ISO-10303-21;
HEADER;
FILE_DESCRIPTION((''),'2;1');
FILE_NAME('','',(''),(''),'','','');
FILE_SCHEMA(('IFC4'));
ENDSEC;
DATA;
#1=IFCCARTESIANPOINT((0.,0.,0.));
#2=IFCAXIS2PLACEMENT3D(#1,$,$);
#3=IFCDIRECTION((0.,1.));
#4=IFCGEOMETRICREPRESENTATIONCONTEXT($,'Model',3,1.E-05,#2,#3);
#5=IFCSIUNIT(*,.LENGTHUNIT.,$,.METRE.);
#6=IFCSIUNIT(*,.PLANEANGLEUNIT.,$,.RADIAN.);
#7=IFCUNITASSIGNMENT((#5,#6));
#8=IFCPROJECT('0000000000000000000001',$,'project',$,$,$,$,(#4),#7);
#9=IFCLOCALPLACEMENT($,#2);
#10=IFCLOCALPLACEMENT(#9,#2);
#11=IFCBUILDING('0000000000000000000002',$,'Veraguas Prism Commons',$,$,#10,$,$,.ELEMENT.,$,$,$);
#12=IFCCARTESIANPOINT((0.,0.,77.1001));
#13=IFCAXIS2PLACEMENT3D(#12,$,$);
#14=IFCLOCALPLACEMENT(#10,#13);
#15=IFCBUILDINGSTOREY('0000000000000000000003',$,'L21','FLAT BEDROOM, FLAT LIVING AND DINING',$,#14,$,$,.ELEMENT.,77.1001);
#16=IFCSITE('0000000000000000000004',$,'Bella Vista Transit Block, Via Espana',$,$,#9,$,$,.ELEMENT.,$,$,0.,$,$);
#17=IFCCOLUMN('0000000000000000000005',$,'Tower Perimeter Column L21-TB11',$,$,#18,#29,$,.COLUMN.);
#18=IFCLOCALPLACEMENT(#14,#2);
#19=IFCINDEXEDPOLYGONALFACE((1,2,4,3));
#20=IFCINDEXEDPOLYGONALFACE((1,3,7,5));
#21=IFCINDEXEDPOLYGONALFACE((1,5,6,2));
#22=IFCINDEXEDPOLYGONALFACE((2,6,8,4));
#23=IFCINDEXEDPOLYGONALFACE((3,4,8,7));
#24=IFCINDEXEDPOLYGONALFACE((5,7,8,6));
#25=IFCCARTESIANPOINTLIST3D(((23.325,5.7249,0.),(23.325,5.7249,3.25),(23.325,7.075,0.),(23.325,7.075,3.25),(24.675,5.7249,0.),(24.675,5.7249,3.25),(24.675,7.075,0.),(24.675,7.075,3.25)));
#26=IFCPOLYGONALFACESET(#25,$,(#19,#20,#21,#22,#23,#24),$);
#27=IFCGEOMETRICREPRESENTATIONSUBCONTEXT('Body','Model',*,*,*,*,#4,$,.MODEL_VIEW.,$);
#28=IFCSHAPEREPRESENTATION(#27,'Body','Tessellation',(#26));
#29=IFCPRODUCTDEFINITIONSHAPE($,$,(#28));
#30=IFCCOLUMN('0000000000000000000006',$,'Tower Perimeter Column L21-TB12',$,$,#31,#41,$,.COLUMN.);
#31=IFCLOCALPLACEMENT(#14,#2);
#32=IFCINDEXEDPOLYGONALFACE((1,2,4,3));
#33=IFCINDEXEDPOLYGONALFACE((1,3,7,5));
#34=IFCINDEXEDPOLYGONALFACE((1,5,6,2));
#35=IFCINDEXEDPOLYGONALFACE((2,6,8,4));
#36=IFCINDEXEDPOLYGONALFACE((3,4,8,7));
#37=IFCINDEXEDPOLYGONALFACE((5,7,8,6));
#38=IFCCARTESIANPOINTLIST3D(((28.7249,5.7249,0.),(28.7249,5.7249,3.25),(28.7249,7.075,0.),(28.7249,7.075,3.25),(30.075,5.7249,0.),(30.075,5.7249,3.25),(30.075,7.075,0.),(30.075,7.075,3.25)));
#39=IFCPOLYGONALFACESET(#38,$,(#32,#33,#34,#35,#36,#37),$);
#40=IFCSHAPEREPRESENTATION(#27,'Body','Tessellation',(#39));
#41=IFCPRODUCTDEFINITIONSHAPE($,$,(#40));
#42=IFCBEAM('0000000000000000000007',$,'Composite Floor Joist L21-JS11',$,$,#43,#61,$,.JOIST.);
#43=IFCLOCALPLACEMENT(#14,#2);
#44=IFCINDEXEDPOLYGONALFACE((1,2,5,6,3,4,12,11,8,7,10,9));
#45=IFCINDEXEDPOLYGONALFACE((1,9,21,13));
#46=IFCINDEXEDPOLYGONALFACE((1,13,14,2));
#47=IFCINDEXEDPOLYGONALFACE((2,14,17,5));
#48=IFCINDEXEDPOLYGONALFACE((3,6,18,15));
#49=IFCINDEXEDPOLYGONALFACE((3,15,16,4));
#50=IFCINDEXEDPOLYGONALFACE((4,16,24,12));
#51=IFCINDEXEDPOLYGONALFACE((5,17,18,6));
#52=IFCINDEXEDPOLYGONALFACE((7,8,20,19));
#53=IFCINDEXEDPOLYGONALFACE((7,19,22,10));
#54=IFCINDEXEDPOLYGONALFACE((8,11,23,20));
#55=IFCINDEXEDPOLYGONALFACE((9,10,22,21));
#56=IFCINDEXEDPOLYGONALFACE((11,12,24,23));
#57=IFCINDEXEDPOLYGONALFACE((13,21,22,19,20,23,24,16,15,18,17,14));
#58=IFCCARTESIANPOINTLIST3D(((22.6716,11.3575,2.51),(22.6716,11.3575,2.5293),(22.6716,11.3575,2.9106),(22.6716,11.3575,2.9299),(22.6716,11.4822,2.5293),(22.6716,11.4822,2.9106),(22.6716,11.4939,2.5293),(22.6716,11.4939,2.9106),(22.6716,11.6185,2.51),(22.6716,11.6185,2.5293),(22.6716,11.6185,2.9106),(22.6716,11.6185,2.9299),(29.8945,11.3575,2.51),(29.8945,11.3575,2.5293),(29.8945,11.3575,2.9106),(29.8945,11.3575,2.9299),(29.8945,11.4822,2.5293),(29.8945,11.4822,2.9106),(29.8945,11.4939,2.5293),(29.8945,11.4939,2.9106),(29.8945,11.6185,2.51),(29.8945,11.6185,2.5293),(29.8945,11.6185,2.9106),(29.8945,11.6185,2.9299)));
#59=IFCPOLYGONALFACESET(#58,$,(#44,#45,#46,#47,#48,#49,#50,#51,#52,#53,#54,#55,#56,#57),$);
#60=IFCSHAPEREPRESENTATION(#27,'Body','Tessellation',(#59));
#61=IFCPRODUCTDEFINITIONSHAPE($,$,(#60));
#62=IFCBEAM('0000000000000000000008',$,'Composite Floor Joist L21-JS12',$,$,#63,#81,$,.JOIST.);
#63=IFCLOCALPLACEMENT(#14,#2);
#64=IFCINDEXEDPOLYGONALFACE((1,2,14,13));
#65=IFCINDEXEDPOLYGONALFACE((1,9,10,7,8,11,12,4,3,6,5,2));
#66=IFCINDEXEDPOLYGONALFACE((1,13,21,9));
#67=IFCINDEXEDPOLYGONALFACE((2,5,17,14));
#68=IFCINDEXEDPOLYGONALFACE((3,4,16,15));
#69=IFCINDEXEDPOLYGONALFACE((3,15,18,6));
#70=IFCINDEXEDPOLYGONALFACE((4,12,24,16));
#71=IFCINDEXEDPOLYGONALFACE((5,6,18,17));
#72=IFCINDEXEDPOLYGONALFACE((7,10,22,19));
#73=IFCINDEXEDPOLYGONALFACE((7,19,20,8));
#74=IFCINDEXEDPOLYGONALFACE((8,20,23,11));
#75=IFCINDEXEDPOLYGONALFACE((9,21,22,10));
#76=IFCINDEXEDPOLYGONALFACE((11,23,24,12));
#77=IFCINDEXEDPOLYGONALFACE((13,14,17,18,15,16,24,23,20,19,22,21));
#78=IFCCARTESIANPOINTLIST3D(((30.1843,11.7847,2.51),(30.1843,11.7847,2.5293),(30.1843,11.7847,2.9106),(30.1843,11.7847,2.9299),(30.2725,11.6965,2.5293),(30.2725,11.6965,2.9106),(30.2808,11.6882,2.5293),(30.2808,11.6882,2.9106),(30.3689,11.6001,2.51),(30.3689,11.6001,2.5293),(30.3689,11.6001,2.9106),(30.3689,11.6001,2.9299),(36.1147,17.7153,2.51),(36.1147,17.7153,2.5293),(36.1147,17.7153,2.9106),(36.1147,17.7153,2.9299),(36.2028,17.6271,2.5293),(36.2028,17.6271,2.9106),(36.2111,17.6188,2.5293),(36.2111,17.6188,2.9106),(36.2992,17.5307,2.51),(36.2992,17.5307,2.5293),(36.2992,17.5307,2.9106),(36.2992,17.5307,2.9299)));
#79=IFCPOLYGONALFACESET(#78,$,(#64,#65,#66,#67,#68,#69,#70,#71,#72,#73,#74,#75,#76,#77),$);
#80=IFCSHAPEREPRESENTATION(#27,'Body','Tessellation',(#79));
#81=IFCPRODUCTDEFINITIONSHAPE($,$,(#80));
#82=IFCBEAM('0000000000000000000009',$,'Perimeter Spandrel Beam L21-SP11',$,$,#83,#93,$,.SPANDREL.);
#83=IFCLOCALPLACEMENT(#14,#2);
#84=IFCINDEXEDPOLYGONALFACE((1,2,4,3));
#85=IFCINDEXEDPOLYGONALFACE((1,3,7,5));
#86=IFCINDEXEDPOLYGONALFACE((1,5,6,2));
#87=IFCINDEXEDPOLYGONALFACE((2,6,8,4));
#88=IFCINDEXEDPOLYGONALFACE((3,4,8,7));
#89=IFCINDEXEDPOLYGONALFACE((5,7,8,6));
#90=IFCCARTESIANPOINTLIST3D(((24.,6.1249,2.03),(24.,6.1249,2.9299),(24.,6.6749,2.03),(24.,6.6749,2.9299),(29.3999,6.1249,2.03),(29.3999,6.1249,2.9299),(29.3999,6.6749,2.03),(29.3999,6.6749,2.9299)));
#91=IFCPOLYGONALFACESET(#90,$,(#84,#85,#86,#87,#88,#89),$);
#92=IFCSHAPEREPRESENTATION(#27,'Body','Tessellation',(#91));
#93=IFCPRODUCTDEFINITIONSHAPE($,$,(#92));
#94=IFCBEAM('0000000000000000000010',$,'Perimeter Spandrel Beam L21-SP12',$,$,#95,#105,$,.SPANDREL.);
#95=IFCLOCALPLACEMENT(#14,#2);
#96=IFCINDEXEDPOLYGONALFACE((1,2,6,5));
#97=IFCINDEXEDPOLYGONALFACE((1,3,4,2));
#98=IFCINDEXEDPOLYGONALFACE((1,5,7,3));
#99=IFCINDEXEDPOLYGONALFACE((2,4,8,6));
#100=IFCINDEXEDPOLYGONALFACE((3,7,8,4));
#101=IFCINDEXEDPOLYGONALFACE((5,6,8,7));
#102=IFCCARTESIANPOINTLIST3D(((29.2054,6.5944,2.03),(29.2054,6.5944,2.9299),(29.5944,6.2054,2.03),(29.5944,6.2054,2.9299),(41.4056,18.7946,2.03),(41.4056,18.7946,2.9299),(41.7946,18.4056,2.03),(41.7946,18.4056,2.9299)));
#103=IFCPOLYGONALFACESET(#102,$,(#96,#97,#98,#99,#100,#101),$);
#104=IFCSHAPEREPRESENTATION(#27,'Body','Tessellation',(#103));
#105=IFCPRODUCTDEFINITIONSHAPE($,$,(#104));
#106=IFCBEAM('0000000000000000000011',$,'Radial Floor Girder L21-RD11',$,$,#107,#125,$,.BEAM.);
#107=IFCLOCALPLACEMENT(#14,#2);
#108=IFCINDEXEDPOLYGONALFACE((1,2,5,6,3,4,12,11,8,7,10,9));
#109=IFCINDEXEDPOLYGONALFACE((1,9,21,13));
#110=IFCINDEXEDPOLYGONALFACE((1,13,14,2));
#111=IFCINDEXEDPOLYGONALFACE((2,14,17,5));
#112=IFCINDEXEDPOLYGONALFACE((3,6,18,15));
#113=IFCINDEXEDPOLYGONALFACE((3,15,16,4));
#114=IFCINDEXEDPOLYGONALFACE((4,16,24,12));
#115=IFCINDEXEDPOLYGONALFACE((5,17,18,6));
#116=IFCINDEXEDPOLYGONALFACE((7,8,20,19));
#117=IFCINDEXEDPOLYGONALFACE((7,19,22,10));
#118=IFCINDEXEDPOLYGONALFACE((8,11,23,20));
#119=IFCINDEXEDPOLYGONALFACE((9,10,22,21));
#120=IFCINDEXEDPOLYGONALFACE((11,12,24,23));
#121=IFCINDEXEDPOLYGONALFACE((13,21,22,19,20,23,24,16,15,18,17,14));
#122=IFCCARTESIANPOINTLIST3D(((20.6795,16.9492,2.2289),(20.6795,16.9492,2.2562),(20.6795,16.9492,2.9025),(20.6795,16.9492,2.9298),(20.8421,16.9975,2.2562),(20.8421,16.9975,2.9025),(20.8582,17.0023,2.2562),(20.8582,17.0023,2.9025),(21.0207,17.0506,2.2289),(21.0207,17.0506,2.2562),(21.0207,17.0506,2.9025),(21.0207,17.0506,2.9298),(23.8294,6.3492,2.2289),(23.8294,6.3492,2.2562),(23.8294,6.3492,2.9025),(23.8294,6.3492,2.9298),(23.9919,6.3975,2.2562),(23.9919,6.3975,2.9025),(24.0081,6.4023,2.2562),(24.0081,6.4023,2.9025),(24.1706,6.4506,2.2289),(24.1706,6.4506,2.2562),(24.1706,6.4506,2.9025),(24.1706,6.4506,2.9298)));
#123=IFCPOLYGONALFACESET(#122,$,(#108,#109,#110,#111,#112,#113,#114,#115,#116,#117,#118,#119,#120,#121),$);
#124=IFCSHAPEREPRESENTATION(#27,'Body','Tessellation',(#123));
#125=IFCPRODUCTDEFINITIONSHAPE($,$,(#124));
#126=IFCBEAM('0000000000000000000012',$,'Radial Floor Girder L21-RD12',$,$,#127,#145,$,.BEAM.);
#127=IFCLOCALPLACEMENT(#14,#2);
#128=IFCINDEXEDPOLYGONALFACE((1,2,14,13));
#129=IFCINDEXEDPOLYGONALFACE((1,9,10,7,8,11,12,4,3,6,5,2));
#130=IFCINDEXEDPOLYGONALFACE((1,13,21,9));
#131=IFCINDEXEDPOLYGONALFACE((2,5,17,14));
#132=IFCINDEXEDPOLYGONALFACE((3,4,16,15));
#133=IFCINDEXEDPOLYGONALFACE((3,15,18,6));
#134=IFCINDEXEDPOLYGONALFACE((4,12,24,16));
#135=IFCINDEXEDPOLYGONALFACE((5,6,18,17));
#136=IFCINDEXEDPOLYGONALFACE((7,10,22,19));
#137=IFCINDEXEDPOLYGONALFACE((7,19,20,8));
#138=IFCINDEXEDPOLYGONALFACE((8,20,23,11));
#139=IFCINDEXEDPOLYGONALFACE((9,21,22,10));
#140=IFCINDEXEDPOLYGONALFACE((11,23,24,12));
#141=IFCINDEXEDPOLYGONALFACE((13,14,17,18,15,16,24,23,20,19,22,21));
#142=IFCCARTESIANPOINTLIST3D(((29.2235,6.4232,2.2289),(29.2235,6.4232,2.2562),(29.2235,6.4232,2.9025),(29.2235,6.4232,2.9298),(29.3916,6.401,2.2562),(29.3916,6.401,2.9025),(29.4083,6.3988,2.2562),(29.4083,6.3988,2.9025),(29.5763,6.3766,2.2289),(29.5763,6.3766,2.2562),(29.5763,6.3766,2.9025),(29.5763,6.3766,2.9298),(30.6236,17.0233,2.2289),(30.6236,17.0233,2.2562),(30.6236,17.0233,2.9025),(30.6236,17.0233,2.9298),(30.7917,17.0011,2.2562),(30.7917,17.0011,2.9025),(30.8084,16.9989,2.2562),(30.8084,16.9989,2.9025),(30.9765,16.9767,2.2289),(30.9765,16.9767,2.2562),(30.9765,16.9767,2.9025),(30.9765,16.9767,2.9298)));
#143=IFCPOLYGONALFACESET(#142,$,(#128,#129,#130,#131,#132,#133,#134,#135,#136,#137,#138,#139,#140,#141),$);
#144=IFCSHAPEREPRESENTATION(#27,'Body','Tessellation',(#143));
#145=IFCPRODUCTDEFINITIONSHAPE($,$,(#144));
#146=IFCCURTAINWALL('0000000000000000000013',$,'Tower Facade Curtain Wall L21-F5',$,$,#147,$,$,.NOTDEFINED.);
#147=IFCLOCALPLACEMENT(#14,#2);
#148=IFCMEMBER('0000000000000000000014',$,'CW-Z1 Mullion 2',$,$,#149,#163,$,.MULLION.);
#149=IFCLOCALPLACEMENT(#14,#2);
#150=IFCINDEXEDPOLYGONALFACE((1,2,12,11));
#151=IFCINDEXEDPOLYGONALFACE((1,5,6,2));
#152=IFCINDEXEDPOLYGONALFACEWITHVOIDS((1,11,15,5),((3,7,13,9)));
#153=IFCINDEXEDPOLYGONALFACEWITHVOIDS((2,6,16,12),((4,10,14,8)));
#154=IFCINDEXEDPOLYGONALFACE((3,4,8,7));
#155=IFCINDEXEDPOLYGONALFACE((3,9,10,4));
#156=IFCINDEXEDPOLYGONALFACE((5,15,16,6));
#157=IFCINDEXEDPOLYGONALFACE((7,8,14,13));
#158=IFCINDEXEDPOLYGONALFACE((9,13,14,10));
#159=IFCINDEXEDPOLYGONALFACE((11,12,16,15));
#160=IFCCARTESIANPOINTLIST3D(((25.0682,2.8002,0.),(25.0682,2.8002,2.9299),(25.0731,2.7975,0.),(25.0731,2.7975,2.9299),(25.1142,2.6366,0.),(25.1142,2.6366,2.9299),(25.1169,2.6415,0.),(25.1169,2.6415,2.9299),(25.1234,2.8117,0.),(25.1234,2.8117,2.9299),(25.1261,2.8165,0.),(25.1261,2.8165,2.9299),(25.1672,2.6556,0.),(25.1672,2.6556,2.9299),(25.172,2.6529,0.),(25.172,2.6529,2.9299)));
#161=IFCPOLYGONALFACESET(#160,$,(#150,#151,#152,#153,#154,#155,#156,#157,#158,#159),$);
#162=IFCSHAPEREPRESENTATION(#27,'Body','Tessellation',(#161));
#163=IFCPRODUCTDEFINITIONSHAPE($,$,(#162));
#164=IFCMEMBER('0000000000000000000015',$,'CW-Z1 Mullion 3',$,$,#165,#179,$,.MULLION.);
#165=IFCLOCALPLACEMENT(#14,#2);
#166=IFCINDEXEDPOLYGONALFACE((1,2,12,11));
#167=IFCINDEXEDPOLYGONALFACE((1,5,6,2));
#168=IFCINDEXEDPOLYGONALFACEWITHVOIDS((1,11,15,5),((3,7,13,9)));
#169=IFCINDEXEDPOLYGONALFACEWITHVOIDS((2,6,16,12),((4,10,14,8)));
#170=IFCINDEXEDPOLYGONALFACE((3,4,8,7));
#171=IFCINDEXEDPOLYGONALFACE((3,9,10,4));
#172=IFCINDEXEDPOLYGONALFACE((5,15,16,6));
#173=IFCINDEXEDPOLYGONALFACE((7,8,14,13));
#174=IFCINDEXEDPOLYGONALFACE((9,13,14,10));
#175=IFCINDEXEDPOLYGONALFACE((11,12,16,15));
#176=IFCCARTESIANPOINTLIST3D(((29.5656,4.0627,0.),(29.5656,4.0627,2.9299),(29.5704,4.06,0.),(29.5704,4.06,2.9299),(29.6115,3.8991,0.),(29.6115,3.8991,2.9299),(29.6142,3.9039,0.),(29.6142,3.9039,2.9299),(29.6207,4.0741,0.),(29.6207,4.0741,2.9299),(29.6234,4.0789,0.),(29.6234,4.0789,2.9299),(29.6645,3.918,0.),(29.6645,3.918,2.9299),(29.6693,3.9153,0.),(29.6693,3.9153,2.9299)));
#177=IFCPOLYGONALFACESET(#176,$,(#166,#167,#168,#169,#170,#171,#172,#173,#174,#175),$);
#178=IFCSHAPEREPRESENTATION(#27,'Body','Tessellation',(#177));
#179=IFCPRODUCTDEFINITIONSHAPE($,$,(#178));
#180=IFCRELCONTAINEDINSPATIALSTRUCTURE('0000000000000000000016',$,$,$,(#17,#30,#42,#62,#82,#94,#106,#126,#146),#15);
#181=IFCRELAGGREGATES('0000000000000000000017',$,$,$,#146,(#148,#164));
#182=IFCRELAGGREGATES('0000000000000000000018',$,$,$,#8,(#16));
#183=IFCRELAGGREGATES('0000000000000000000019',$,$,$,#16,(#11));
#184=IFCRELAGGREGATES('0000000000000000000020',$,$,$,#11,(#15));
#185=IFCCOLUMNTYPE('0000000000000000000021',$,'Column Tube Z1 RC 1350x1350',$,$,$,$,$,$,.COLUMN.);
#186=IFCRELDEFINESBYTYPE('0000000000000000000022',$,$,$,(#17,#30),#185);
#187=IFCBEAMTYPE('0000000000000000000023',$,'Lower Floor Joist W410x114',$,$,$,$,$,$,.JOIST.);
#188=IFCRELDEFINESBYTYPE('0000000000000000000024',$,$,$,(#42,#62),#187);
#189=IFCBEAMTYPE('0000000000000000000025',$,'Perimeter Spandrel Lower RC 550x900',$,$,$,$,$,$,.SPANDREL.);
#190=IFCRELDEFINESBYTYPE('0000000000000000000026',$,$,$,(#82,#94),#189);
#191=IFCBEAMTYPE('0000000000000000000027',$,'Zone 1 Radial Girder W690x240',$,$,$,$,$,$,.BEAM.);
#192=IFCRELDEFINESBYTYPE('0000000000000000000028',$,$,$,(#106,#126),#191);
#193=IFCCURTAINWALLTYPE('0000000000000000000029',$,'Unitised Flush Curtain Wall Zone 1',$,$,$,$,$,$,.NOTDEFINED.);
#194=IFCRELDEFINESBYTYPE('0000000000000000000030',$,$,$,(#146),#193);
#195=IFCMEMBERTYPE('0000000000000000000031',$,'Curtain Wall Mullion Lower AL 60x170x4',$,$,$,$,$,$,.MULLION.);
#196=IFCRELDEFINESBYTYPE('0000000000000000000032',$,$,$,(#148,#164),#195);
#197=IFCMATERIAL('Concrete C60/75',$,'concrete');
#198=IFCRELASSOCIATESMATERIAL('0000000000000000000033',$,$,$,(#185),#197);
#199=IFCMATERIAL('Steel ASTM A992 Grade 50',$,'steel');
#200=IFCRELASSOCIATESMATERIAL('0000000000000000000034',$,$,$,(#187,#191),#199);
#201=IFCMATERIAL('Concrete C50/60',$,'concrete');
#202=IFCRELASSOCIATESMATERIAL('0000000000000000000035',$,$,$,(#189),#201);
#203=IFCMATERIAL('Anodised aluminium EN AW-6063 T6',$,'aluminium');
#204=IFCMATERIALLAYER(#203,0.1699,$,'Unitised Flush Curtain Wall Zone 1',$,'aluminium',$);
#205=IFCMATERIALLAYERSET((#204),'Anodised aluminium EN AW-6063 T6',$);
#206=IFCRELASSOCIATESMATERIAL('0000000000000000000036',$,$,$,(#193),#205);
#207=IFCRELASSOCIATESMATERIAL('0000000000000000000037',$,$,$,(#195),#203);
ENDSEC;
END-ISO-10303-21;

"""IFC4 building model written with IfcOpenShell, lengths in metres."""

from ifc_helpers import new_model, si_unit, direction, frame, origin, origin_2d, place, context, subcontext, project, spatial, rectangle, hollow_rectangle, i_section, extrude, source, transform, mapped, material, layer, layer_set, material_profile, profile_set, type_object, element, aggregate, save


model = new_model("IFC4")

# Units and contexts
model_context = context("Model", 3, precision=1e-05, world=origin(), true_north=direction((0.0, 1.0)))
body_context = subcontext(model_context, "Body", "Model", "MODEL_VIEW")
ifc_project = project(units=[si_unit("LENGTHUNIT", "METRE"), si_unit("PLANEANGLEUNIT", "RADIAN")], contexts=[model_context])

# Site, building, storey
site_placement = place(None, origin())
site = spatial("IfcSite", under=ifc_project, at=site_placement, Name="Bella Vista Transit Block, Via Espana", CompositionType="ELEMENT", RefElevation=0.0)
building_placement = place(site_placement, origin())
building = spatial("IfcBuilding", under=site, at=building_placement, Name="Veraguas Prism Commons", CompositionType="ELEMENT")
storey_placement = place(building_placement, frame((0.0, 0.0, 77.1001)))
storey = spatial("IfcBuildingStorey", under=building, at=storey_placement, Name="L21", Description="FLAT BEDROOM, FLAT LIVING AND DINING", CompositionType="ELEMENT", Elevation=77.1001)

# Columns
ifc_material_1 = material(Name="Concrete C60/75", Category="concrete")
ifc_material_profile_1 = material_profile(ifc_material_1, rectangle(XDim=1.3501, YDim=1.3501, at=origin_2d()), Name="RC1350X1350")
ifc_profile_set_1 = profile_set([ifc_material_profile_1], Name="Concrete C60/75")
column_type = type_object("IfcColumnType", Name="Column Tube Z1 RC 1350x1350", PredefinedType="COLUMN", material=ifc_profile_set_1)
for number, where, z_axis, x_axis, name in (
    (1, (24.0, 6.3999, 0.0), (0.0, 0.0, 1.0), (1.0, 0.0, 0.0), "Tower Perimeter Column L21-TB11"),
    (2, (29.3999, 6.3999, 0.0), (0.0, 0.0, 1.0), (1.0, 0.0, 0.0), "Tower Perimeter Column L21-TB12"),
):
    element("IfcColumn", number, at=place(storey_placement, frame(where, z_axis=z_axis, x_axis=x_axis)), inside=storey, type_object=column_type, Name=name, PredefinedType="COLUMN", context=body_context, shape_type="SweptSolid", body=[
        extrude(rectangle(XDim=1.3501, YDim=1.3501, at=origin_2d()), origin(), (0.0, 0.0, 1.0), 3.25),
    ])

# Beams
ifc_material_2 = material(Name="Steel ASTM A992 Grade 50", Category="steel")
ifc_material_profile_2 = material_profile(ifc_material_2, i_section(OverallWidth=0.261, OverallDepth=0.4199, WebThickness=0.0117, FlangeThickness=0.0193, at=origin_2d()), Name="W410X114")
ifc_profile_set_2 = profile_set([ifc_material_profile_2], Name="Steel ASTM A992 Grade 50")
beam_type_1 = type_object("IfcBeamType", Name="Lower Floor Joist W410x114", PredefinedType="JOIST", material=ifc_profile_set_2)
beam_1_placement = place(storey_placement, frame((22.6716, 11.488, 2.72), z_axis=(1.0, 0.0, 0.0), x_axis=(0.0, 1.0, 0.0)))
element("IfcBeam", 3, at=beam_1_placement, inside=storey, type_object=beam_type_1, Name="Composite Floor Joist L21-JS11", PredefinedType="JOIST", context=body_context, shape_type="SweptSolid", body=[
    extrude(i_section(OverallWidth=0.261, OverallDepth=0.4199, WebThickness=0.0117, FlangeThickness=0.0193, at=origin_2d()), origin(), (0.0, 0.0, 1.0), 7.2229),
])
beam_2_placement = place(storey_placement, frame((30.2766, 11.6924, 2.72), z_axis=(0.707092, 0.707121, 0.0), x_axis=(-0.707121, 0.707092, 0.0)))
element("IfcBeam", 4, at=beam_2_placement, inside=storey, type_object=beam_type_1, Name="Composite Floor Joist L21-JS12", PredefinedType="JOIST", context=body_context, shape_type="SweptSolid", body=[
    extrude(i_section(OverallWidth=0.261, OverallDepth=0.4199, WebThickness=0.0117, FlangeThickness=0.0193, at=origin_2d()), origin(), (0.0, 0.0, 1.0), 8.387),
])
ifc_material_3 = material(Name="Concrete C50/60", Category="concrete")
ifc_material_profile_3 = material_profile(ifc_material_3, rectangle(XDim=0.55, YDim=0.8999, at=origin_2d()), Name="RC550X900")
ifc_profile_set_3 = profile_set([ifc_material_profile_3], Name="Concrete C50/60")
beam_type_2 = type_object("IfcBeamType", Name="Perimeter Spandrel Lower RC 550x900", PredefinedType="SPANDREL", material=ifc_profile_set_3)
beam_3_placement = place(storey_placement, frame((24.0, 6.3999, 2.48), z_axis=(1.0, 0.0, 0.0), x_axis=(0.0, 1.0, 0.0)))
element("IfcBeam", 5, at=beam_3_placement, inside=storey, type_object=beam_type_2, Name="Perimeter Spandrel Beam L21-SP11", PredefinedType="SPANDREL", context=body_context, shape_type="SweptSolid", body=[
    extrude(rectangle(XDim=0.55, YDim=0.8999, at=origin_2d()), origin(), (0.0, 0.0, 1.0), 5.3999),
])
beam_4_placement = place(storey_placement, frame((29.3999, 6.3999, 2.48), z_axis=(0.707107, 0.707107, 0.0), x_axis=(-0.707107, 0.707107, 0.0)))
element("IfcBeam", 6, at=beam_4_placement, inside=storey, type_object=beam_type_2, Name="Perimeter Spandrel Beam L21-SP12", PredefinedType="SPANDREL", context=body_context, shape_type="SweptSolid", body=[
    extrude(rectangle(XDim=0.55, YDim=0.8999, at=origin_2d()), origin(), (0.0, 0.0, 1.0), 17.2537),
])
ifc_material_profile_4 = material_profile(ifc_material_2, i_section(OverallWidth=0.356, OverallDepth=0.7009, WebThickness=0.0168, FlangeThickness=0.0273, at=origin_2d()), Name="W690X240")
ifc_profile_set_4 = profile_set([ifc_material_profile_4], Name="Steel ASTM A992 Grade 50")
beam_type_3 = type_object("IfcBeamType", Name="Zone 1 Radial Girder W690x240", PredefinedType="BEAM", material=ifc_profile_set_4)
beam_5_placement = place(storey_placement, frame((24.0, 6.3999, 2.5793), z_axis=(-0.284847, 0.958573, 0.0), x_axis=(-0.958573, -0.284847, 0.0)))
element("IfcBeam", 7, at=beam_5_placement, inside=storey, type_object=beam_type_3, Name="Radial Floor Girder L21-RD11", PredefinedType="BEAM", context=body_context, shape_type="SweptSolid", body=[
    extrude(i_section(OverallWidth=0.356, OverallDepth=0.7009, WebThickness=0.0168, FlangeThickness=0.0273, at=origin_2d()), origin(), (0.0, 0.0, 1.0), 11.0581),
])
beam_6_placement = place(storey_placement, frame((29.3999, 6.3999, 2.5793), z_axis=(0.130951, 0.991389, 0.0), x_axis=(-0.991389, 0.130951, 0.0)))
element("IfcBeam", 8, at=beam_6_placement, inside=storey, type_object=beam_type_3, Name="Radial Floor Girder L21-RD12", PredefinedType="BEAM", context=body_context, shape_type="SweptSolid", body=[
    extrude(i_section(OverallWidth=0.356, OverallDepth=0.7009, WebThickness=0.0168, FlangeThickness=0.0273, at=origin_2d()), origin(), (0.0, 0.0, 1.0), 10.6921),
])

# Curtain wall, members
ifc_material_4 = material(Name="Anodised aluminium EN AW-6063 T6", Category="aluminium")
ifc_layer_1 = layer(ifc_material_4, 0.1699, Name="Unitised Flush Curtain Wall Zone 1", Category="aluminium")
ifc_layer_set_1 = layer_set([ifc_layer_1], Name="Anodised aluminium EN AW-6063 T6")
curtain_wall_type = type_object("IfcCurtainWallType", Name="Unitised Flush Curtain Wall Zone 1", PredefinedType="NOTDEFINED", material=ifc_layer_set_1)
curtain_wall_placement = place(storey_placement, origin())
curtain_wall = element("IfcCurtainWall", 9, at=curtain_wall_placement, inside=storey, type_object=curtain_wall_type, Name="Tower Facade Curtain Wall L21-F5", PredefinedType="NOTDEFINED")
ifc_material_profile_5 = material_profile(ifc_material_4, hollow_rectangle(XDim=0.0601, YDim=0.1699, WallThickness=0.0039, at=origin_2d()), Name="AL60X170X4")
ifc_profile_set_5 = profile_set([ifc_material_profile_5], Name="Anodised aluminium EN AW-6063 T6")
member_type = type_object("IfcMemberType", Name="Curtain Wall Mullion Lower AL 60x170x4", PredefinedType="MULLION", material=ifc_profile_set_5)
shared_shape_1 = source(origin(), body_context, "Body", "SweptSolid", [
    extrude(hollow_rectangle(XDim=0.0601, YDim=0.1699, WallThickness=0.0039, at=origin_2d()), origin(), (0.0, 0.0, 1.0), 2.9299),
])
member_1_placement = place(storey_placement, frame((25.1201, 2.7266, 0.0), z_axis=(0.0, 0.0, 1.0), x_axis=(0.962786, 0.270266, 0.0)))
member_1 = element("IfcMember", 10, at=member_1_placement, type_object=member_type, Name="CW-Z1 Mullion 2", PredefinedType="MULLION", context=body_context, shape_type="MappedRepresentation", body=[
    mapped(shared_shape_1, transform((0.0, 0.0, 0.0), scale=1.0)),
])
member_2_placement = place(storey_placement, frame((29.6174, 3.989, 0.0), z_axis=(0.0, 0.0, 1.0), x_axis=(0.962786, 0.270266, 0.0)))
member_2 = element("IfcMember", 11, at=member_2_placement, type_object=member_type, Name="CW-Z1 Mullion 3", PredefinedType="MULLION", context=body_context, shape_type="MappedRepresentation", body=[
    mapped(shared_shape_1, transform((0.0, 0.0, 0.0), scale=1.0)),
])
aggregate(curtain_wall, [member_1, member_2])

save(model, "model.ifc")
